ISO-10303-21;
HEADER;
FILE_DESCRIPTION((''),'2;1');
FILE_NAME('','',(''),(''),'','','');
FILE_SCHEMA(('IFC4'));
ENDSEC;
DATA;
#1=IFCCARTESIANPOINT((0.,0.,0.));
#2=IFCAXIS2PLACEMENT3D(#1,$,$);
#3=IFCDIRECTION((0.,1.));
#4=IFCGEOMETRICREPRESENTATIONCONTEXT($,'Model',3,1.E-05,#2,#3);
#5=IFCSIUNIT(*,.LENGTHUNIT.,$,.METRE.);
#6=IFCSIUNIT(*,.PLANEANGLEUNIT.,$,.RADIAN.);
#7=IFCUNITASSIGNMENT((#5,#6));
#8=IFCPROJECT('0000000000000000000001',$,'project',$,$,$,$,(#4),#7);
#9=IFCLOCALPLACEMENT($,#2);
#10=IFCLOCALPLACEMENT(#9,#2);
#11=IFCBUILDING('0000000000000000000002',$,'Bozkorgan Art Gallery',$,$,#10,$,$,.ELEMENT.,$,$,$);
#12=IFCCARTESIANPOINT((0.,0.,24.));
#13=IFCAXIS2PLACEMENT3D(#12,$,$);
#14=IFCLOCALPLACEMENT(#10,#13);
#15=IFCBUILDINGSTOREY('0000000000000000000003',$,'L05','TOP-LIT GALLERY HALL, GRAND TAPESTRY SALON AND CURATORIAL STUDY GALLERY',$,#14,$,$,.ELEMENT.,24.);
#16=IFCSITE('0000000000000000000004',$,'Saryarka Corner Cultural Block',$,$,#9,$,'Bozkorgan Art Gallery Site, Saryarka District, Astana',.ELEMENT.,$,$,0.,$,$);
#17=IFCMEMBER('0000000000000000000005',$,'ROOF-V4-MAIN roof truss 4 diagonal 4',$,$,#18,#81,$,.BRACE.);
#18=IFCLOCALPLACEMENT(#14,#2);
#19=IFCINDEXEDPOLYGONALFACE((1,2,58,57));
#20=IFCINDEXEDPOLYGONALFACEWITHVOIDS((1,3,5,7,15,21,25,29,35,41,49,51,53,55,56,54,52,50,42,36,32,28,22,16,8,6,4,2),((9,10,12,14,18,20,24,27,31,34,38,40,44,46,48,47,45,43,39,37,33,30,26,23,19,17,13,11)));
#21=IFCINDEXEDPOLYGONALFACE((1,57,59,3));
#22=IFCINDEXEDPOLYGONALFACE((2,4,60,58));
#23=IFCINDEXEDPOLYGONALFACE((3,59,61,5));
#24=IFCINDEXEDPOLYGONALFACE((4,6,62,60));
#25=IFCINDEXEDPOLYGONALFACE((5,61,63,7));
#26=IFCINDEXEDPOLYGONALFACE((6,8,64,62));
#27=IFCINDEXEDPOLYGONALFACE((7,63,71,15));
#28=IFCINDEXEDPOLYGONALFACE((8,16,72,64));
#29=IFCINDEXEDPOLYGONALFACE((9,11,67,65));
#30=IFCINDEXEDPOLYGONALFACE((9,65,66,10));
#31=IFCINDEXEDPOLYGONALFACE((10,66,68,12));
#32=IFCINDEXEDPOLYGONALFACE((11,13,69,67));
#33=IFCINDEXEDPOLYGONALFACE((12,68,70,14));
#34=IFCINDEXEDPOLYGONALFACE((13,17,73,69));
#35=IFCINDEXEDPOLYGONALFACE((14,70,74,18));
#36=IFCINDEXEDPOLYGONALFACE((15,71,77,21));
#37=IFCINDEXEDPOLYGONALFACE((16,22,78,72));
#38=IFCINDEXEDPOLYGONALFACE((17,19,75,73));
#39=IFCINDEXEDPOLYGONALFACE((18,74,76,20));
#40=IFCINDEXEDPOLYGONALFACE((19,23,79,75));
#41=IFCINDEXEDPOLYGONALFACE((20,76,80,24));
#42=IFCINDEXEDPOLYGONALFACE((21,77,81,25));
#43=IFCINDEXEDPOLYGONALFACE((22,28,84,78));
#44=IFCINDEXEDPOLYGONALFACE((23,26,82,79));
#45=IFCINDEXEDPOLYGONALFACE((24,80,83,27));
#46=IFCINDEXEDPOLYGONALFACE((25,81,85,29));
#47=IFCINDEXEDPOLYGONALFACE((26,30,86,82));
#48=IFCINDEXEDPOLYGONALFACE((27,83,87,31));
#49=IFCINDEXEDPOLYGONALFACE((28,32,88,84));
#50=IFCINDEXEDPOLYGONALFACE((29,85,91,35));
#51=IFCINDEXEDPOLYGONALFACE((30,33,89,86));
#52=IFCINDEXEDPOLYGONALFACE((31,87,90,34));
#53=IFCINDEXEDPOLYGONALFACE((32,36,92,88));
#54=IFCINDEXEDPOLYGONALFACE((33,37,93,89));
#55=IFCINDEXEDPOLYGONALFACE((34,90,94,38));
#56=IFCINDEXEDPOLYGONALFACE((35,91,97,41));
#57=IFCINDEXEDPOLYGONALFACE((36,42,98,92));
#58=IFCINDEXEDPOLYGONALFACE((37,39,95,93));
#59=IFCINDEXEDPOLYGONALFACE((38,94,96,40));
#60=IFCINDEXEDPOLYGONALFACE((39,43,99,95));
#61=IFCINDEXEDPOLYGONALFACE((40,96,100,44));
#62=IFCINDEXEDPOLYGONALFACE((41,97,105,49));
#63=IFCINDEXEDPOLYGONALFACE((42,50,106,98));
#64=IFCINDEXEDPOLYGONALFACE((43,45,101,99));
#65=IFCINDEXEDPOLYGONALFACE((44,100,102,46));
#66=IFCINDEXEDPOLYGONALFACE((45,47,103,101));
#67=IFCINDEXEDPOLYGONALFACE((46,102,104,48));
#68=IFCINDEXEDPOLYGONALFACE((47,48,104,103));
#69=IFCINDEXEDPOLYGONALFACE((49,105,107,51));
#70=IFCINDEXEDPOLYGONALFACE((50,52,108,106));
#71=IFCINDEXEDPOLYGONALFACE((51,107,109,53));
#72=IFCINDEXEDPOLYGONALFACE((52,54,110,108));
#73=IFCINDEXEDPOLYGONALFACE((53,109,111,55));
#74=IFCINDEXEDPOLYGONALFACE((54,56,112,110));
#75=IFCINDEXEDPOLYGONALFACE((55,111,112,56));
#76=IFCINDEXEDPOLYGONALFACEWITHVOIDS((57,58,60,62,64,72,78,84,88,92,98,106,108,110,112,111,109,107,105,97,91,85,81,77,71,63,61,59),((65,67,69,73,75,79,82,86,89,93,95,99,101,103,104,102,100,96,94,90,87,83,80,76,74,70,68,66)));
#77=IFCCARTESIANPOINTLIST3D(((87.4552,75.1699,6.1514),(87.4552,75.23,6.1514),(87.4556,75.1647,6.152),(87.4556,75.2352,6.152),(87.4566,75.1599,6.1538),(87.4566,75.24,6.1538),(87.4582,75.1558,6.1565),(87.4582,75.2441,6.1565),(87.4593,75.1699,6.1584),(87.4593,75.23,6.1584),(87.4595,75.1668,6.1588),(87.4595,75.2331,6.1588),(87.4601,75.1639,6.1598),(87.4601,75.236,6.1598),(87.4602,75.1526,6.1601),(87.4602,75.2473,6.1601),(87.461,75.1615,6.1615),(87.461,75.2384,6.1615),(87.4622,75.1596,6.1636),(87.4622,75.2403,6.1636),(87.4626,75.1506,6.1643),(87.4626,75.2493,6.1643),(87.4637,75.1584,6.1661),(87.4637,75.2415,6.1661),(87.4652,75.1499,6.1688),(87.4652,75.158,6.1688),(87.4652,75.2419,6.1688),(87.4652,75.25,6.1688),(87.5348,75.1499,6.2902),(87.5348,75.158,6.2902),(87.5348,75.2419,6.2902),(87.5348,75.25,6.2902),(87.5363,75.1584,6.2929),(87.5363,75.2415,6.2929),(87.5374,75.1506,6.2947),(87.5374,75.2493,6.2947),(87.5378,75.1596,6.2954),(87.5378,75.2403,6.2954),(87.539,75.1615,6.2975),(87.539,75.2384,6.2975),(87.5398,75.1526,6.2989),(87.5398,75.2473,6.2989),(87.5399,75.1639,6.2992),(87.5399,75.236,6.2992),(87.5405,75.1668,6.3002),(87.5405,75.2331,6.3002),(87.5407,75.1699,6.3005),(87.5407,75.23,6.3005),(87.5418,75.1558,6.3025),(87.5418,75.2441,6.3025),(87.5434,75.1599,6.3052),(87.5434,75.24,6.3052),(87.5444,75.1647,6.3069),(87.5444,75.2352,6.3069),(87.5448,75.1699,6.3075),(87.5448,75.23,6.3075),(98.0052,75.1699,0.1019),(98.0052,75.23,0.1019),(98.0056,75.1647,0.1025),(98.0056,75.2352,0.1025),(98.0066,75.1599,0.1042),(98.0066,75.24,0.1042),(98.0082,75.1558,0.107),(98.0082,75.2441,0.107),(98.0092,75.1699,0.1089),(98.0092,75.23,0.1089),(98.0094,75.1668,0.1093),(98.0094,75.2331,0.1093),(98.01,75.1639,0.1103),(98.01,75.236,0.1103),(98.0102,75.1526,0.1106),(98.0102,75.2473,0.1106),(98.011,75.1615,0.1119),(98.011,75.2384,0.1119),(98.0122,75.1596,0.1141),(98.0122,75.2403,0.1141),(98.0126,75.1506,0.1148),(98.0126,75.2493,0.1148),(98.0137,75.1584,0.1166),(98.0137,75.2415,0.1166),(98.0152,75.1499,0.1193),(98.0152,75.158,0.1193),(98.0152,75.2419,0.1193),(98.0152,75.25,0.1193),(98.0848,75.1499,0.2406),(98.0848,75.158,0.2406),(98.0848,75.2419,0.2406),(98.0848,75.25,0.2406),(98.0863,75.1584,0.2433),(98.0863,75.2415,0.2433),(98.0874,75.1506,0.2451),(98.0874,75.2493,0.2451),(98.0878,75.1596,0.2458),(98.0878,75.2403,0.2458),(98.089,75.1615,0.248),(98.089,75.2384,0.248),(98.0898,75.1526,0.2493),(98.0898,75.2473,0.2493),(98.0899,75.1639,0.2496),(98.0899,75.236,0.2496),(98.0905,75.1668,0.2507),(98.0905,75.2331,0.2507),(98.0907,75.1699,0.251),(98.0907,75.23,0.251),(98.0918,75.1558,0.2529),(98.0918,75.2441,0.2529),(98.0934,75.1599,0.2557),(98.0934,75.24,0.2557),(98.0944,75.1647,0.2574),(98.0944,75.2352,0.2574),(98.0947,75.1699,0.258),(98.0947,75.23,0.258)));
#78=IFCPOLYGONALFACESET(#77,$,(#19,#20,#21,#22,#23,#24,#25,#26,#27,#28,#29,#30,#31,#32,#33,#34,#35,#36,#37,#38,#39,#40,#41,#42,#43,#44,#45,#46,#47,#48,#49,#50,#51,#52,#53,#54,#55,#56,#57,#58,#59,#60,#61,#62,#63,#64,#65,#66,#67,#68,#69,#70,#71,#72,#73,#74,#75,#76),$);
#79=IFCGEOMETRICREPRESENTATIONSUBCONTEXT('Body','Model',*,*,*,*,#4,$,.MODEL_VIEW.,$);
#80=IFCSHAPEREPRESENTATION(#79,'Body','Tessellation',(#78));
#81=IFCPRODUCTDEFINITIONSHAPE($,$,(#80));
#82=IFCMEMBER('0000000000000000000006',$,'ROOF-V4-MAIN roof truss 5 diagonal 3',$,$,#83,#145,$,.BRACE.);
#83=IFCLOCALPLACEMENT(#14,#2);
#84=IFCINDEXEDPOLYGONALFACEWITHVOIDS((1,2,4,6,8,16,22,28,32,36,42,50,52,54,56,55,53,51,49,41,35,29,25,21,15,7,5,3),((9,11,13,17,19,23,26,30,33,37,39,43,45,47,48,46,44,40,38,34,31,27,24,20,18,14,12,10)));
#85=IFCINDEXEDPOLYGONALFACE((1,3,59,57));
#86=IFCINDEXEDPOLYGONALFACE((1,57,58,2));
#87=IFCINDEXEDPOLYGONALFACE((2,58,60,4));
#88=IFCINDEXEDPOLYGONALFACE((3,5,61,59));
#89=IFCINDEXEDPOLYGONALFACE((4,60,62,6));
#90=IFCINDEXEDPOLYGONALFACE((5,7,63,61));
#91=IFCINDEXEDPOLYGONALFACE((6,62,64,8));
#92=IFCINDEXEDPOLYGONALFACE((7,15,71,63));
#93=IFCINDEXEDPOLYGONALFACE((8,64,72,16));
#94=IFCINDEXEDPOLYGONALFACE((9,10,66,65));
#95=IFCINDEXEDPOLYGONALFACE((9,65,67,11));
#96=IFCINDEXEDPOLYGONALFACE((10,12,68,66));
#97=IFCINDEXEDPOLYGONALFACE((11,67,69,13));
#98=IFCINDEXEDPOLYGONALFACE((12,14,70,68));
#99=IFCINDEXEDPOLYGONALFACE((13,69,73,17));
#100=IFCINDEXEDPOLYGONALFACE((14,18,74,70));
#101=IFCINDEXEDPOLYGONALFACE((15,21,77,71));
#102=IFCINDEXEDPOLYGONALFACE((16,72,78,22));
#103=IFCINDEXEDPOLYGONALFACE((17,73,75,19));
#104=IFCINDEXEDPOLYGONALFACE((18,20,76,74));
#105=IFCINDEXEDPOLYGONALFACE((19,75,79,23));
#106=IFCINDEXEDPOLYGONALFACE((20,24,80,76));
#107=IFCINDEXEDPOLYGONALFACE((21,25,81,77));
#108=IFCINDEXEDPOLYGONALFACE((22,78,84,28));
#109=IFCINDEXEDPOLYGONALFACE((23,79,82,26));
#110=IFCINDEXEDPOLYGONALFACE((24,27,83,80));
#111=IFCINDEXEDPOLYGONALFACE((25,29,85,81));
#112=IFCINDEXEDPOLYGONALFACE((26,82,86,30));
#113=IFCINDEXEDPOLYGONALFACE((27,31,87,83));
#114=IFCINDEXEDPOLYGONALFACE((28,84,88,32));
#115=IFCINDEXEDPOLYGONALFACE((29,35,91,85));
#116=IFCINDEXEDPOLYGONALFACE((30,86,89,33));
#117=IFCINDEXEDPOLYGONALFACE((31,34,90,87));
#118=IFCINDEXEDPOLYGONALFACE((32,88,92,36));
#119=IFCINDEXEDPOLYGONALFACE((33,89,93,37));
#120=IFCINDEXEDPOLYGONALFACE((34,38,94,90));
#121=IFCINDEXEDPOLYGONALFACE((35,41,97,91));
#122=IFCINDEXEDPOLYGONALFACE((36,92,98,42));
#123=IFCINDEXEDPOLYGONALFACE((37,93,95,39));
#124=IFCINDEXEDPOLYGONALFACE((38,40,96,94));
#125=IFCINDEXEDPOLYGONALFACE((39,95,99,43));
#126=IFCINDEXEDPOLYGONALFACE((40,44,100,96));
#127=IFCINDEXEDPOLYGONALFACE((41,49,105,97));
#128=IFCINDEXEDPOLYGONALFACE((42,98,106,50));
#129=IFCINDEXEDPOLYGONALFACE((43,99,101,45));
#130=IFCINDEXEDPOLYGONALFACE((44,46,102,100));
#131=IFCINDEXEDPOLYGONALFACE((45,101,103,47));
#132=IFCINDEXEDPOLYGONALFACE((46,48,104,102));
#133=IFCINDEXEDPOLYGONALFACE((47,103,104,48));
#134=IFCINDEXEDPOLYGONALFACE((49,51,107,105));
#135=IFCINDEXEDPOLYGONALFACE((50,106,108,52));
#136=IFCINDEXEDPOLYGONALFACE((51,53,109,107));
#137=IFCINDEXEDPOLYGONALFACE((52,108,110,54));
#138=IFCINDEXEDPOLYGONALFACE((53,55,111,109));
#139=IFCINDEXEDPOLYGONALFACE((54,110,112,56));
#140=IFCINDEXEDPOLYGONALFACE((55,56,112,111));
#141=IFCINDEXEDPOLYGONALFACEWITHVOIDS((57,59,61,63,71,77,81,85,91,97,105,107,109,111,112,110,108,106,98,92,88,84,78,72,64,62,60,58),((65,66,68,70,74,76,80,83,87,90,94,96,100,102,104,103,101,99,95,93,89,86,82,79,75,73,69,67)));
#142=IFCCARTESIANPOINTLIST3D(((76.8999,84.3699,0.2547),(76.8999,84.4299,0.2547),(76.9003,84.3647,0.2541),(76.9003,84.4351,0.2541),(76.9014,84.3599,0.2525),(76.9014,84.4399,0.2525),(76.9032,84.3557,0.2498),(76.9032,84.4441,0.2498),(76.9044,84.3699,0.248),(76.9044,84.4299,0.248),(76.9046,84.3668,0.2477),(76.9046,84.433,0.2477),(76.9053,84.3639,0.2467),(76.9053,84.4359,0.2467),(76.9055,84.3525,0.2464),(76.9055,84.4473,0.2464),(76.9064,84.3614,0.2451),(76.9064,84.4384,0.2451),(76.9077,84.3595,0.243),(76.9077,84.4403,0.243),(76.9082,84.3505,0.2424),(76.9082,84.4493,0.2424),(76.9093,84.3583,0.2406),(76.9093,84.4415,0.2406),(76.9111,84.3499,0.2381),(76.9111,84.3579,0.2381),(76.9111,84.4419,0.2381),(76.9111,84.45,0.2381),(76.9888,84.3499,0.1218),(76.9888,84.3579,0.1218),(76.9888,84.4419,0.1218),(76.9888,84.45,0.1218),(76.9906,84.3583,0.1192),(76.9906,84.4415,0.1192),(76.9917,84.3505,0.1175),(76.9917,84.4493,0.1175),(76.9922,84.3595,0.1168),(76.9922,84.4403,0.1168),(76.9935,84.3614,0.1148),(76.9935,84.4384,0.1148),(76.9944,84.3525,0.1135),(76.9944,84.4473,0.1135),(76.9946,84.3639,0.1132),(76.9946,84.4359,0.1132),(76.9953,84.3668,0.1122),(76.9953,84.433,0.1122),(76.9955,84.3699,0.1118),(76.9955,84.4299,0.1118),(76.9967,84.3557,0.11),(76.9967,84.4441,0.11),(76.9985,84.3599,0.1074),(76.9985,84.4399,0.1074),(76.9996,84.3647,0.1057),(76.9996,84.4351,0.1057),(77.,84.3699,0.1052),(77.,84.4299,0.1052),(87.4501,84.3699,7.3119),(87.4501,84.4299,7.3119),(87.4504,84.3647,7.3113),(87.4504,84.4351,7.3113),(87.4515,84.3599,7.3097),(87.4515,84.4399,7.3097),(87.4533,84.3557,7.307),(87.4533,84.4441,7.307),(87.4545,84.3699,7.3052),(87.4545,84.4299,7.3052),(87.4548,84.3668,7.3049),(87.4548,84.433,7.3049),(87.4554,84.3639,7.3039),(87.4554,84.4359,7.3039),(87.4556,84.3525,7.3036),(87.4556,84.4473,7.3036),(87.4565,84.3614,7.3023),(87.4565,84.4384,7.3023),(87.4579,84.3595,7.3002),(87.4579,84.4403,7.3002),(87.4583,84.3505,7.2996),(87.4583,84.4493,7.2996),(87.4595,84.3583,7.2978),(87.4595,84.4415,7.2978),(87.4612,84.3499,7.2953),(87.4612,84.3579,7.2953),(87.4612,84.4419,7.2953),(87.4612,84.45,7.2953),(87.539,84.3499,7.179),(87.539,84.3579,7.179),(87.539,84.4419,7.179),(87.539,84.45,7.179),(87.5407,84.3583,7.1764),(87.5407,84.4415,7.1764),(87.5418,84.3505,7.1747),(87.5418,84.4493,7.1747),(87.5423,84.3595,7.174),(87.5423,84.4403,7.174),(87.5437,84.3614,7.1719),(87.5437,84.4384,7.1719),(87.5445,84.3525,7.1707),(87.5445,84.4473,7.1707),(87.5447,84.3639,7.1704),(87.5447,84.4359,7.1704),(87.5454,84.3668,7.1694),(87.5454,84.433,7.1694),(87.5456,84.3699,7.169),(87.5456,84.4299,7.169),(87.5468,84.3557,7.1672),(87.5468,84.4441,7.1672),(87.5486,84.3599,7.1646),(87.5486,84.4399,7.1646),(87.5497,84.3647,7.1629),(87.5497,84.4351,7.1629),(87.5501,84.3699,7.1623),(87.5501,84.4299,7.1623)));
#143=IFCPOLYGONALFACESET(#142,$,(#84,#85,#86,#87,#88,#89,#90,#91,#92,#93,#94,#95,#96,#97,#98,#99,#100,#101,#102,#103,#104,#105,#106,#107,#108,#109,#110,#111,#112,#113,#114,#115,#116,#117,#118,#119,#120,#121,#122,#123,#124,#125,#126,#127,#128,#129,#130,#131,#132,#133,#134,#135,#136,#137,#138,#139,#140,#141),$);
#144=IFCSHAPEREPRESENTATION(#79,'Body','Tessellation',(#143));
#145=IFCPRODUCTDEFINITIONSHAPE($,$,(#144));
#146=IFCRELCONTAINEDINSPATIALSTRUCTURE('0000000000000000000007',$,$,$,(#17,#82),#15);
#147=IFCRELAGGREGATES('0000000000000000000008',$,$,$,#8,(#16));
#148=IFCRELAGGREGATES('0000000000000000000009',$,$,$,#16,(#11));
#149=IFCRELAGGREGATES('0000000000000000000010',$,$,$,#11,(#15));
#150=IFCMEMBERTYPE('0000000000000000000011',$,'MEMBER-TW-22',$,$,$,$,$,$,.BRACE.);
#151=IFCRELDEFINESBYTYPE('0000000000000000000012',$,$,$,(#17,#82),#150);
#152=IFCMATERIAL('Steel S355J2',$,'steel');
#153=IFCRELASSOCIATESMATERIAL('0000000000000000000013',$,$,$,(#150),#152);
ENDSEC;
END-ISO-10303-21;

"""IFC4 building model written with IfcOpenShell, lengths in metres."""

from ifc_helpers import new_model, si_unit, direction, frame, origin, origin_2d, place, context, subcontext, project, spatial, hollow_rectangle, extrude, material, material_profile, profile_set, type_object, element, save


model = new_model("IFC4")

# Units and contexts
model_context = context("Model", 3, precision=1e-05, world=origin(), true_north=direction((0.0, 1.0)))
body_context = subcontext(model_context, "Body", "Model", "MODEL_VIEW")
ifc_project = project(units=[si_unit("LENGTHUNIT", "METRE"), si_unit("PLANEANGLEUNIT", "RADIAN")], contexts=[model_context])

# Site, building, storey
site_placement = place(None, origin())
site = spatial("IfcSite", under=ifc_project, at=site_placement, Name="Saryarka Corner Cultural Block", LongName="Bozkorgan Art Gallery Site, Saryarka District, Astana", CompositionType="ELEMENT", RefElevation=0.0)
building_placement = place(site_placement, origin())
building = spatial("IfcBuilding", under=site, at=building_placement, Name="Bozkorgan Art Gallery", CompositionType="ELEMENT")
storey_placement = place(building_placement, frame((0.0, 0.0, 24.0)))
storey = spatial("IfcBuildingStorey", under=building, at=storey_placement, Name="L05", Description="TOP-LIT GALLERY HALL, GRAND TAPESTRY SALON AND CURATORIAL STUDY GALLERY", CompositionType="ELEMENT", Elevation=24.0)

# Members
ifc_material_1 = material(Name="Steel S355J2", Category="steel")
ifc_material_profile_1 = material_profile(ifc_material_1, hollow_rectangle(XDim=0.1001, YDim=0.1799, WallThickness=0.0081, InnerFilletRadius=0.012, OuterFilletRadius=0.02, at=origin_2d()), Name="RHS 180x100x8")
ifc_profile_set_1 = profile_set([ifc_material_profile_1], Name="Steel S355J2")
member_type_1 = type_object("IfcMemberType", Name="MEMBER-TW-22", PredefinedType="BRACE", material=ifc_profile_set_1)
for number, where, z_axis, x_axis, name in (
    (1, (87.5, 75.2, 6.2295), (0.8675, 0.0, -0.497438), (0.0, 1.0, 0.0), "ROOF-V4-MAIN roof truss 4 diagonal 4"),
):
    element("IfcMember", number, at=place(storey_placement, frame(where, z_axis=z_axis, x_axis=x_axis)), inside=storey, type_object=member_type_1, Name=name, PredefinedType="BRACE", context=body_context, shape_type="SweptSolid", body=[
        extrude(hollow_rectangle(XDim=0.1001, YDim=0.1799, WallThickness=0.0081, InnerFilletRadius=0.012, OuterFilletRadius=0.02, at=origin_2d()), origin(), (0.0, 0.0, 1.0), 12.1614),
    ])
for number, where, z_axis, x_axis, name in (
    (2, (76.95, 84.3999, 0.1799), (0.831185, 0.0, 0.555996), (0.0, 1.0, 0.0), "ROOF-V4-MAIN roof truss 5 diagonal 3"),
):
    element("IfcMember", number, at=place(storey_placement, frame(where, z_axis=z_axis, x_axis=x_axis)), inside=storey, type_object=member_type_1, Name=name, PredefinedType="BRACE", context=body_context, shape_type="SweptSolid", body=[
        extrude(hollow_rectangle(XDim=0.1001, YDim=0.1799, WallThickness=0.0081, InnerFilletRadius=0.012, OuterFilletRadius=0.02, at=origin_2d()), origin(), (0.0, 0.0, 1.0), 12.6929),
    ])

save(model, "model.ifc")
